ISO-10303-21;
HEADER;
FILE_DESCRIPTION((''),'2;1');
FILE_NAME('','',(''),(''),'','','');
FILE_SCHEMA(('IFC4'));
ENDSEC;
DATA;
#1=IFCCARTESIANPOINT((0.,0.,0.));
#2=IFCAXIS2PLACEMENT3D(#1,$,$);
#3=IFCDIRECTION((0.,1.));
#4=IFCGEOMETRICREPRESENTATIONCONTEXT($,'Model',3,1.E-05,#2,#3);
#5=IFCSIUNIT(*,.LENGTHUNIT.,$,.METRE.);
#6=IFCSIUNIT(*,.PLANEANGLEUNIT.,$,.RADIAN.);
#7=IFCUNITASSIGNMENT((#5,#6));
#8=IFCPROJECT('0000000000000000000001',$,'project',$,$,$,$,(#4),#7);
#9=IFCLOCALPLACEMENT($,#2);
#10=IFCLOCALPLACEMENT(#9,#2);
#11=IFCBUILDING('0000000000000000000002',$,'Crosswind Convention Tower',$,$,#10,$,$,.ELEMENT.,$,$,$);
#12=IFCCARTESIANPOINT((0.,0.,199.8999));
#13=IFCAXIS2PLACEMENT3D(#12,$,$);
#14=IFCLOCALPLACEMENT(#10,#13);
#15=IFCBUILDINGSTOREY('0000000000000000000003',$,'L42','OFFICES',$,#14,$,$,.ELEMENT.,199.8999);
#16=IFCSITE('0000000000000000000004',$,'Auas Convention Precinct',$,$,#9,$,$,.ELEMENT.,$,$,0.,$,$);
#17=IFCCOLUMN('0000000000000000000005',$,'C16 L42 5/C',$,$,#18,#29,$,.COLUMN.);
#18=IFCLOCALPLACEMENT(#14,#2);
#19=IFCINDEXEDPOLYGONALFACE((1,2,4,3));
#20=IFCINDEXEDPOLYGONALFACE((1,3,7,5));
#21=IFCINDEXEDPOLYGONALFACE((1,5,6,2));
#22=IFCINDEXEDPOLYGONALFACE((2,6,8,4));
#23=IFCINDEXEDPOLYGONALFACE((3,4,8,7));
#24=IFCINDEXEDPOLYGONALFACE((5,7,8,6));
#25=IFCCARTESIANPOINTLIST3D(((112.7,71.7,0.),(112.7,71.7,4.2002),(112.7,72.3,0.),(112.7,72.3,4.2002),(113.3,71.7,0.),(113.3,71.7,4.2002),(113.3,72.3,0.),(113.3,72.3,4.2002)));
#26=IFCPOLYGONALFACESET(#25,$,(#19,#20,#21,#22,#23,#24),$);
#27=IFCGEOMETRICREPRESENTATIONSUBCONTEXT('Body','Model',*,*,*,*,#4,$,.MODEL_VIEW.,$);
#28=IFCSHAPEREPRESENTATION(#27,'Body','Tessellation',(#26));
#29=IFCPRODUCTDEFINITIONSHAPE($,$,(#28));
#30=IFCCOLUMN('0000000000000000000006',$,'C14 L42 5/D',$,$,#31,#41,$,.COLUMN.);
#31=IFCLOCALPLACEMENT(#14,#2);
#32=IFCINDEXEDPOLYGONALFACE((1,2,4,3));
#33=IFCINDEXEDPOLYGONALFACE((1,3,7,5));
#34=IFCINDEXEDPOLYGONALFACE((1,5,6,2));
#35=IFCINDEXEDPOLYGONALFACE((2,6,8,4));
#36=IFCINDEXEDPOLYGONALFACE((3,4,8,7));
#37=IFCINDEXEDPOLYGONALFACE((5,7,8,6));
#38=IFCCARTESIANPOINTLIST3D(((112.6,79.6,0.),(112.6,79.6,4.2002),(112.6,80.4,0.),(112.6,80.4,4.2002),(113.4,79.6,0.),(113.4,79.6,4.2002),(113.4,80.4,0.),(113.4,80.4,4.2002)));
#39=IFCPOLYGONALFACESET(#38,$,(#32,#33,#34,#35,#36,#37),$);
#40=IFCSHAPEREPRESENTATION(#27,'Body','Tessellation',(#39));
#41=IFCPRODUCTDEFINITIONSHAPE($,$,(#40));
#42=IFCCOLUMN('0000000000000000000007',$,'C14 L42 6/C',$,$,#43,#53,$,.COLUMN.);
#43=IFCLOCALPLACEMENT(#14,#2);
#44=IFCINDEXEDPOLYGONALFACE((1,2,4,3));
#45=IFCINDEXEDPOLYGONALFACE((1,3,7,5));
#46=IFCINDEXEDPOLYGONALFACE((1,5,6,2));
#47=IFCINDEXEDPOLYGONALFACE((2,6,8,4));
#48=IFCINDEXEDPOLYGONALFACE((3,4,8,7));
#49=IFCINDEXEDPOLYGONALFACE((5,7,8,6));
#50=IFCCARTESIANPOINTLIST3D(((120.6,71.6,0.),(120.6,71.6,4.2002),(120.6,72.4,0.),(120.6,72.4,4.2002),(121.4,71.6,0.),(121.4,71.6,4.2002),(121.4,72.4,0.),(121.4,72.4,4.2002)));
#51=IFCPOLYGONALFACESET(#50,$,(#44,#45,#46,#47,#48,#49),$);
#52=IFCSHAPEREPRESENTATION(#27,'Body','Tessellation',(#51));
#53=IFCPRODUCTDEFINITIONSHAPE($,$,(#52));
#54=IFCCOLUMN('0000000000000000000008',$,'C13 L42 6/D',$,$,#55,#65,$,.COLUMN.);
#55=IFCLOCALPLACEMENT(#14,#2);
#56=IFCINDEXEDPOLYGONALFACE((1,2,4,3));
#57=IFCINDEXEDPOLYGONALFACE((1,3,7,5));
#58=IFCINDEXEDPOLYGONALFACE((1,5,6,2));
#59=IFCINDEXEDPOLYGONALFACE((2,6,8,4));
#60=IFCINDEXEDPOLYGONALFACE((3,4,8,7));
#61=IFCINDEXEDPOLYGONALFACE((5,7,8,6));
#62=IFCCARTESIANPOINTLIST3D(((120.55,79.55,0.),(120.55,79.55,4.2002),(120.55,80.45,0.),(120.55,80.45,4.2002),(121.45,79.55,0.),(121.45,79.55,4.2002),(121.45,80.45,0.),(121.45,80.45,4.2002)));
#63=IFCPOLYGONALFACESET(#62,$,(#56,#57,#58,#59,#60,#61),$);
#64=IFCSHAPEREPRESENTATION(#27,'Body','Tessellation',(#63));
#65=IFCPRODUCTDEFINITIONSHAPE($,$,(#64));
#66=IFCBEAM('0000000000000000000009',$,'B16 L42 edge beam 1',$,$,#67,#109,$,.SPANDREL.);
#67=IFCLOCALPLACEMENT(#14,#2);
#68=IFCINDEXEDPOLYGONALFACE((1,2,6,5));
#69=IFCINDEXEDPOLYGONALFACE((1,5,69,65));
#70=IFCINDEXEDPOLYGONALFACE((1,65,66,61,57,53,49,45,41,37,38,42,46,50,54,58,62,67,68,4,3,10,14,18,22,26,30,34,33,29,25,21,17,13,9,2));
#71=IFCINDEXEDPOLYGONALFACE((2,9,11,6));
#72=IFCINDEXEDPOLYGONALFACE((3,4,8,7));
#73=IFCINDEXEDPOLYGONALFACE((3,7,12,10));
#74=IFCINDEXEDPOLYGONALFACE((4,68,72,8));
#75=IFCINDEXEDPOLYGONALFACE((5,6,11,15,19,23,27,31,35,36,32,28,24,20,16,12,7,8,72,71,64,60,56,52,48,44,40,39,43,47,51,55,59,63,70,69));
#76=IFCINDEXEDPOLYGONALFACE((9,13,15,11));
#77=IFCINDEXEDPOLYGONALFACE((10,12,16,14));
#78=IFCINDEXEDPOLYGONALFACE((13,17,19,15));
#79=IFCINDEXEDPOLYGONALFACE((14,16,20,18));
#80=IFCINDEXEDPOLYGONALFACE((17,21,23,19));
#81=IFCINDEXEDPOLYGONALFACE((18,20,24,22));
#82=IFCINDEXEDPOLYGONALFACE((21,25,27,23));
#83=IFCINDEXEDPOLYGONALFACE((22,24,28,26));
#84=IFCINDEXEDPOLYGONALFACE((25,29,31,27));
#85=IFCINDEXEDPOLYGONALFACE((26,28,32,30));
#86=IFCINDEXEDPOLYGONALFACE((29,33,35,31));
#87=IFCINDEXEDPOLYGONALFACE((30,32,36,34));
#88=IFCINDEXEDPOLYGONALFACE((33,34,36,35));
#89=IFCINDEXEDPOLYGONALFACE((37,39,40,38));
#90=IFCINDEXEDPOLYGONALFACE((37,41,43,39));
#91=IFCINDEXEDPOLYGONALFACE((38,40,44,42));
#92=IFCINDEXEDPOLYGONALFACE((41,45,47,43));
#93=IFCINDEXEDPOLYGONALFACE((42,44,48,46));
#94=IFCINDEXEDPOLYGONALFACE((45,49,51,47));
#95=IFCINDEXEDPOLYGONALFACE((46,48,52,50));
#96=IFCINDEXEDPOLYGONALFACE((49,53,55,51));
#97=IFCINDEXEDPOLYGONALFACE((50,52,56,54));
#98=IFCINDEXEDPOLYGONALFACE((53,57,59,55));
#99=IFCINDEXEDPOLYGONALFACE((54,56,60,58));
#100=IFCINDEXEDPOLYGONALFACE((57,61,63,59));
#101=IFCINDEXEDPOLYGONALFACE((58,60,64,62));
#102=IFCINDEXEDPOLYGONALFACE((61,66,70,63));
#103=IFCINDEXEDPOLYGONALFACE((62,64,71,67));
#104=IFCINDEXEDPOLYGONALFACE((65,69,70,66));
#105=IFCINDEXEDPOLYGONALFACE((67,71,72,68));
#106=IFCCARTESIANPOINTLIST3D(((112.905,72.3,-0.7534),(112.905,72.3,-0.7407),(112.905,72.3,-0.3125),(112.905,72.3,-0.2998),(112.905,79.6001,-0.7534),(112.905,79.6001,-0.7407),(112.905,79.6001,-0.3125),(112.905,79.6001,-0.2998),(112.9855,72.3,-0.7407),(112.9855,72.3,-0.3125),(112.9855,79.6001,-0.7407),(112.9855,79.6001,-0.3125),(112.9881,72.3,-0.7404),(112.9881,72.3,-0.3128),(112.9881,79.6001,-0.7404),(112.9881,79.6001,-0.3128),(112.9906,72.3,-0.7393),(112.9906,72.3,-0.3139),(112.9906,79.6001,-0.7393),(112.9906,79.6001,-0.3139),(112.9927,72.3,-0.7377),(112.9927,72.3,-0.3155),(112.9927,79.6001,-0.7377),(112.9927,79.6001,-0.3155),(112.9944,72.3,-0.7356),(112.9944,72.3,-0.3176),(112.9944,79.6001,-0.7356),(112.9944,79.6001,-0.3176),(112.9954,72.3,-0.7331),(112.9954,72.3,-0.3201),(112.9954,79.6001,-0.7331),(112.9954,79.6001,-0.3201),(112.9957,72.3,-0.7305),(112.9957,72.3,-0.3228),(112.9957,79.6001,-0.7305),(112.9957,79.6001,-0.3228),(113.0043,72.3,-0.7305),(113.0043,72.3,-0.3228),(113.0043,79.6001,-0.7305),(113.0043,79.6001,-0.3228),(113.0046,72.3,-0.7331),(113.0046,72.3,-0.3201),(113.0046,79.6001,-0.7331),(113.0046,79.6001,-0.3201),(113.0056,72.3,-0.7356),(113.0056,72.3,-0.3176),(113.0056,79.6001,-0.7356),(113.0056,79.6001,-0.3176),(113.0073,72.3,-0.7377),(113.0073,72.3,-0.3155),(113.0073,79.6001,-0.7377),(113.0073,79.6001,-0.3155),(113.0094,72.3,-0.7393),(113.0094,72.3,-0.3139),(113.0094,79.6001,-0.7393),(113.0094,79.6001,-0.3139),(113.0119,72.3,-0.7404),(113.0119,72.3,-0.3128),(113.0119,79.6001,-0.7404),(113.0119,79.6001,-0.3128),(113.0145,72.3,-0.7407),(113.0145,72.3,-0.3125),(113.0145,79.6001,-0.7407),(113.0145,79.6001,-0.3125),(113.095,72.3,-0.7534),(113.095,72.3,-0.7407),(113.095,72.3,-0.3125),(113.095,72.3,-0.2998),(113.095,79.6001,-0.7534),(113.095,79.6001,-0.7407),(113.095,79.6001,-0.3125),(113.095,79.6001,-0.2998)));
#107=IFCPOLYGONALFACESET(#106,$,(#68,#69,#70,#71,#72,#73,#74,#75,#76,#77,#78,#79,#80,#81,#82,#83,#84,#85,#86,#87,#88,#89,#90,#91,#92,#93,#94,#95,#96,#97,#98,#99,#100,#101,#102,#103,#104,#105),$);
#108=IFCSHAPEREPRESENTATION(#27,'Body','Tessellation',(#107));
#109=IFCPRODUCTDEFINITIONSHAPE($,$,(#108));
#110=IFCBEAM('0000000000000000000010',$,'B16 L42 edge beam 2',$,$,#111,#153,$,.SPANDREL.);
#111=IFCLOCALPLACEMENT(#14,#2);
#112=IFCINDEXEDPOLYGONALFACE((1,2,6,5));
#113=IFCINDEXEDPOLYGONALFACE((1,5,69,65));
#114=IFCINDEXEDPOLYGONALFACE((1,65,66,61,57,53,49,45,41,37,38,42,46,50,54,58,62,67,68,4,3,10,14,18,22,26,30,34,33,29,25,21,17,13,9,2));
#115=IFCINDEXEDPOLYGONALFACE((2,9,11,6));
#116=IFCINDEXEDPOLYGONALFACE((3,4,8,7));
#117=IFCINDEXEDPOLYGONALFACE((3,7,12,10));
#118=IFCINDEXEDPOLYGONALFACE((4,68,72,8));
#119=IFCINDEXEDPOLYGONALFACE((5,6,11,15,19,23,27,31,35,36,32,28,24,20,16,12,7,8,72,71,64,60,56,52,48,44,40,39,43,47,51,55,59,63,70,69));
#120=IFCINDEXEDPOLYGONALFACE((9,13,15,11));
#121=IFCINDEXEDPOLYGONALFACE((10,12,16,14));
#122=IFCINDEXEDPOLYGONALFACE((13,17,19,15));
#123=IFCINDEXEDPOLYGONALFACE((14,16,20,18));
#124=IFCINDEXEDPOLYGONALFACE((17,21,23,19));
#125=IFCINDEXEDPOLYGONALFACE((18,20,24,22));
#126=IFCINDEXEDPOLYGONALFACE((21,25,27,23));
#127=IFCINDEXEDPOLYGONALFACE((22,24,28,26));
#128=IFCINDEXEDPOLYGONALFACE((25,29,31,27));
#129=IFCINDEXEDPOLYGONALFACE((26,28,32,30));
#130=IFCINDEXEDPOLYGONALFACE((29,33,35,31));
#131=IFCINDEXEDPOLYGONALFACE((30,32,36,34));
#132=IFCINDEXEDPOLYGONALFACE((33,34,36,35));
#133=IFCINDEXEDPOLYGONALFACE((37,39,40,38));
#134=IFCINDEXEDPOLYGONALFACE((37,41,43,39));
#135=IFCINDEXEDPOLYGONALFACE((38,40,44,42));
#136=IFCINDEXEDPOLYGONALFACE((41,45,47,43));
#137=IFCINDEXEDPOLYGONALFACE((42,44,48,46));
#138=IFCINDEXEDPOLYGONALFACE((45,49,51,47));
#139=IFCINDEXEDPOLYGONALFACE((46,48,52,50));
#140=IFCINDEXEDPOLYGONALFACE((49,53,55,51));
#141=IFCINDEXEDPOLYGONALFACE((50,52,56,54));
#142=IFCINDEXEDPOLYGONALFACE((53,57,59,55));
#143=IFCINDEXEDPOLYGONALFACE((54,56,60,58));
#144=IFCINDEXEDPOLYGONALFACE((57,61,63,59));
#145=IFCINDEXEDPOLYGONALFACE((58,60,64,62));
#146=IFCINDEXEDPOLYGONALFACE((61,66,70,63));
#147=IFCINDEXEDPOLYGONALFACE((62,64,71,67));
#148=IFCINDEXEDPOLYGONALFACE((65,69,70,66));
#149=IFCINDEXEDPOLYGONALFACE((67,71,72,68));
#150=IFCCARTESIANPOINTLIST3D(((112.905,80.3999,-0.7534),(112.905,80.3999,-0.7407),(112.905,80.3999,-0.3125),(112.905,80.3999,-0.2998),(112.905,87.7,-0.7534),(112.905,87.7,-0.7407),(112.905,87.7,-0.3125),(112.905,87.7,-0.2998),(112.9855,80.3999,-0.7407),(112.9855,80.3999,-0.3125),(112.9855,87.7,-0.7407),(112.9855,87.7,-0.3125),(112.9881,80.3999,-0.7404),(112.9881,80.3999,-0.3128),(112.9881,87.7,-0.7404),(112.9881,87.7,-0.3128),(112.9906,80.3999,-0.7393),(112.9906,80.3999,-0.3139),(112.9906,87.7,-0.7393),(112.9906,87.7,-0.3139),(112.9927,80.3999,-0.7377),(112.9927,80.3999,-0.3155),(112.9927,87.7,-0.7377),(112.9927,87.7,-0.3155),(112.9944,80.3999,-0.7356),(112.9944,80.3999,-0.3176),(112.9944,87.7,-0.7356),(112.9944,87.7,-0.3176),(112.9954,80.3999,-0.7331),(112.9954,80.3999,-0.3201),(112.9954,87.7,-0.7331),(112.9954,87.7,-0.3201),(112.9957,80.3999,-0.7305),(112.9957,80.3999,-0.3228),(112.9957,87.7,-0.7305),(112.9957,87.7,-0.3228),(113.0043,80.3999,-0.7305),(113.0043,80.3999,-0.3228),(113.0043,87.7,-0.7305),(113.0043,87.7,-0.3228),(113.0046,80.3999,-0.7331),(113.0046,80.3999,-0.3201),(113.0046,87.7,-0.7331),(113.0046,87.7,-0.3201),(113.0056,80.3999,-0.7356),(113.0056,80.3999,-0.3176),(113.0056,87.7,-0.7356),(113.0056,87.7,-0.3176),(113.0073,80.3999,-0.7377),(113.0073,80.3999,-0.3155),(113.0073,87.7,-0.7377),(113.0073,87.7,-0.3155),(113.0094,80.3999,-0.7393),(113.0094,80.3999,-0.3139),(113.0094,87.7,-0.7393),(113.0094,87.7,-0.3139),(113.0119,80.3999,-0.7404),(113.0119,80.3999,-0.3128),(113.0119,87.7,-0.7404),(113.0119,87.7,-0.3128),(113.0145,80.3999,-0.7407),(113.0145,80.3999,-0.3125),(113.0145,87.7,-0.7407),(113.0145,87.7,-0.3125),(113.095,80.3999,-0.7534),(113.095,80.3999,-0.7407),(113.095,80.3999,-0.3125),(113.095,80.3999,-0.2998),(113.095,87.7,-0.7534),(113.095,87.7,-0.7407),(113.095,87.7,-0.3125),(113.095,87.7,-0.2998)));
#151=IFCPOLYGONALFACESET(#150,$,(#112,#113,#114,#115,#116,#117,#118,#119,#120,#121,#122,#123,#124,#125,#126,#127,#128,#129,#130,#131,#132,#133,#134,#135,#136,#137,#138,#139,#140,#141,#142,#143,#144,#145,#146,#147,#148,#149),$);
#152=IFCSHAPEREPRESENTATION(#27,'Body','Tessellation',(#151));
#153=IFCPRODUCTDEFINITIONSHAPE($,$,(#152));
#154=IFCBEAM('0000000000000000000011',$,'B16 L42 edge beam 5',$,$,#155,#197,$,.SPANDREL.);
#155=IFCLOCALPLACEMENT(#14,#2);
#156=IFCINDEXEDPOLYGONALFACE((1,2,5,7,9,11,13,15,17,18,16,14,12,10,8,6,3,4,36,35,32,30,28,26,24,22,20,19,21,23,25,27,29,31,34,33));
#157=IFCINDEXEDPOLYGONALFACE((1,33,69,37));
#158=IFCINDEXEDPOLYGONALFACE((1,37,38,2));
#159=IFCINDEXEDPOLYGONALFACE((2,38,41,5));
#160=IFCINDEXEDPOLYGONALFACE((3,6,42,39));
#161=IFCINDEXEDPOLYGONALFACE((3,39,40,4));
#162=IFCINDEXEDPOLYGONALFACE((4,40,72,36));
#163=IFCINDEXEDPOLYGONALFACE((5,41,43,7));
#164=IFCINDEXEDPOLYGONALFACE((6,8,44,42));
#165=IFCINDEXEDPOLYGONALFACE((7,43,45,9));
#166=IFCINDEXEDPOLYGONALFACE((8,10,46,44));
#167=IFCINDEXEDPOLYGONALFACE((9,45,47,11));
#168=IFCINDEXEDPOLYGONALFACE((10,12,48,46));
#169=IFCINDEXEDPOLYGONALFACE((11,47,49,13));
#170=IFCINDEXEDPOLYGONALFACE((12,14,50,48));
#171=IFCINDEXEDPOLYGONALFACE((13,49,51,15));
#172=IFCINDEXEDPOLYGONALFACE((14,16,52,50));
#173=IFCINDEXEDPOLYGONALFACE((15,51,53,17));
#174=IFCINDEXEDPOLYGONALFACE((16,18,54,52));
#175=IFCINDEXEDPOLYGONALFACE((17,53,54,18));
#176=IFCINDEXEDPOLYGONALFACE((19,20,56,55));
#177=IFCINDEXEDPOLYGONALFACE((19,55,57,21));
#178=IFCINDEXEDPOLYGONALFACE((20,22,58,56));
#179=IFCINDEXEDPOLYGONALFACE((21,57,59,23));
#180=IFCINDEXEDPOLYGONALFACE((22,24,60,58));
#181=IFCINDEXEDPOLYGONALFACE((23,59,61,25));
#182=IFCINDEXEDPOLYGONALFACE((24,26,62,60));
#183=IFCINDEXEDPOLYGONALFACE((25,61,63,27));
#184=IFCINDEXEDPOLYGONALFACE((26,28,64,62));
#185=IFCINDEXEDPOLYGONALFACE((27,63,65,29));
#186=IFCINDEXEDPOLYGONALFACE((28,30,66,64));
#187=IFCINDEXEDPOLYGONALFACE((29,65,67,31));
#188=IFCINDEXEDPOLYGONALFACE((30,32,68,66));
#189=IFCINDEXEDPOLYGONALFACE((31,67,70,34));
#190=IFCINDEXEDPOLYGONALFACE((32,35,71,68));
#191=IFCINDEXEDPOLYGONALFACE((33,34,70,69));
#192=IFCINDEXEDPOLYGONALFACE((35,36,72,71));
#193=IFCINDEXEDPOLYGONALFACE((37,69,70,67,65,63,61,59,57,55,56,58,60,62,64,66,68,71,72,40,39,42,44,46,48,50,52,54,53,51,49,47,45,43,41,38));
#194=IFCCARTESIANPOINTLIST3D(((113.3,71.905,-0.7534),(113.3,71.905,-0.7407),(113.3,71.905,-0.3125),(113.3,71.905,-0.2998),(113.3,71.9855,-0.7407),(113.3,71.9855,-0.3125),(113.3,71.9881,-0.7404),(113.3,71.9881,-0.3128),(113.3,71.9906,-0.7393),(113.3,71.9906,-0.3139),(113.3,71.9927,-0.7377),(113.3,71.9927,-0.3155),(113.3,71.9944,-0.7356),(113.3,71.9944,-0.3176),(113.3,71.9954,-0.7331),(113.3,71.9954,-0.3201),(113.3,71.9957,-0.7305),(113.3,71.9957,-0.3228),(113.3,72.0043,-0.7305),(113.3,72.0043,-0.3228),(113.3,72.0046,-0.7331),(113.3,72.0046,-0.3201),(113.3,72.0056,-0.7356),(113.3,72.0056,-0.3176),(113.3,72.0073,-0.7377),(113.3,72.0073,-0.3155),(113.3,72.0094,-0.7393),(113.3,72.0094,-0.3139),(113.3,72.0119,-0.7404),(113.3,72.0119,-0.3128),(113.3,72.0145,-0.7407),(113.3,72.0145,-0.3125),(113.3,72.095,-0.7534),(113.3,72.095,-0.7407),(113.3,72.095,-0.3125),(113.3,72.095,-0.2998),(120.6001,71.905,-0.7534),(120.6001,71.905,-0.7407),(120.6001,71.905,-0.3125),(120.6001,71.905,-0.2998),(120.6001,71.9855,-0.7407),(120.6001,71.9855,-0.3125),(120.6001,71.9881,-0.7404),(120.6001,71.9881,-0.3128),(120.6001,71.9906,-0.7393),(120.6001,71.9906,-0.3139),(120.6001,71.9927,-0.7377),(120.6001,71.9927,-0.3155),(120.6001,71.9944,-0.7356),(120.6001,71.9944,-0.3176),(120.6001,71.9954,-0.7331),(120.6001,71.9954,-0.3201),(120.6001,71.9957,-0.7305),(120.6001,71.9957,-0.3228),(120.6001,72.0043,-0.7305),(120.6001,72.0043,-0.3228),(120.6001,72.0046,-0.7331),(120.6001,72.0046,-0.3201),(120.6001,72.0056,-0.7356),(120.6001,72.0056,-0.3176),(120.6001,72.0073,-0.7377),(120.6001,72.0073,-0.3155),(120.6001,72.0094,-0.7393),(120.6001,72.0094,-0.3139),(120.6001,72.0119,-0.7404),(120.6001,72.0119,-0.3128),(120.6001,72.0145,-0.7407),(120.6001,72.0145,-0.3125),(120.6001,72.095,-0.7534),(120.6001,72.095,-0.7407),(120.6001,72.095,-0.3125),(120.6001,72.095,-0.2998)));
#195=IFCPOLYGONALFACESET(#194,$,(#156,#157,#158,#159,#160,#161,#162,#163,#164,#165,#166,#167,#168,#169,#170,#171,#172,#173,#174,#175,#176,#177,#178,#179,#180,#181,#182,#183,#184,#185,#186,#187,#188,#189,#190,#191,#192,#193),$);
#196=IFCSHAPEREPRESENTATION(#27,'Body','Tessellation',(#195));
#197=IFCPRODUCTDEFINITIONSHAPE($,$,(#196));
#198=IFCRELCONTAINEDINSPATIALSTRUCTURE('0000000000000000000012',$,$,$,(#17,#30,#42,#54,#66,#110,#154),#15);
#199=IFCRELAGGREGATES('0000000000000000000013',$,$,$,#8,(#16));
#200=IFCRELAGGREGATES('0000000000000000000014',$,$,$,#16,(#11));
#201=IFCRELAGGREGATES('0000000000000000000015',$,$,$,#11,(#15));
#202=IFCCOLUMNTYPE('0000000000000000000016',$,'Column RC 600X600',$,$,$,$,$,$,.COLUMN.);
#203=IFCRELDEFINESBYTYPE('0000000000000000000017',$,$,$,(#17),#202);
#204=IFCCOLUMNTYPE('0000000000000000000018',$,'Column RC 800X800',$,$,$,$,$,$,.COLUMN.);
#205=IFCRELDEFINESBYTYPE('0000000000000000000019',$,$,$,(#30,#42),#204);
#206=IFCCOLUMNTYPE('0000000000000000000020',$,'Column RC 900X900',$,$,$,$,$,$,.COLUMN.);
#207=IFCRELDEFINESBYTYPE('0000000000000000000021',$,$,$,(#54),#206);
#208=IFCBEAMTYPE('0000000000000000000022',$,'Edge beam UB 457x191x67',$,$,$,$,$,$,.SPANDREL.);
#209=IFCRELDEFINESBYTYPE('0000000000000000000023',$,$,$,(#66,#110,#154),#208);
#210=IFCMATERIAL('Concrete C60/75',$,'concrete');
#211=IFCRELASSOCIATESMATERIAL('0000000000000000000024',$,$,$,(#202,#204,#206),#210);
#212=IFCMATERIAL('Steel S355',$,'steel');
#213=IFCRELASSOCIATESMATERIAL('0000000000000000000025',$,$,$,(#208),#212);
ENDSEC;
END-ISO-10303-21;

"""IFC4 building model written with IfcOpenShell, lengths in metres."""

from ifc_helpers import new_model, si_unit, direction, frame, origin, origin_2d, place, context, subcontext, project, spatial, rectangle, i_section, extrude, material, material_profile, profile_set, type_object, element, save


model = new_model("IFC4")

# Units and contexts
model_context = context("Model", 3, precision=1e-05, world=origin(), true_north=direction((0.0, 1.0)))
body_context = subcontext(model_context, "Body", "Model", "MODEL_VIEW")
ifc_project = project(units=[si_unit("LENGTHUNIT", "METRE"), si_unit("PLANEANGLEUNIT", "RADIAN")], contexts=[model_context])

# Site, building, storey
site_placement = place(None, origin())
site = spatial("IfcSite", under=ifc_project, at=site_placement, Name="Auas Convention Precinct", CompositionType="ELEMENT", RefElevation=0.0)
building_placement = place(site_placement, origin())
building = spatial("IfcBuilding", under=site, at=building_placement, Name="Crosswind Convention Tower", CompositionType="ELEMENT")
storey_placement = place(building_placement, frame((0.0, 0.0, 199.8999)))
storey = spatial("IfcBuildingStorey", under=building, at=storey_placement, Name="L42", Description="OFFICES", CompositionType="ELEMENT", Elevation=199.8999)

# Columns
ifc_material_1 = material(Name="Concrete C60/75", Category="concrete")
ifc_material_profile_1 = material_profile(ifc_material_1, rectangle(XDim=0.6001, YDim=0.6001, at=origin_2d()), Name="RC 600X600")
ifc_profile_set_1 = profile_set([ifc_material_profile_1], Name="Concrete C60/75")
column_type_1 = type_object("IfcColumnType", Name="Column RC 600X600", PredefinedType="COLUMN", material=ifc_profile_set_1)
column_1_placement = place(storey_placement, frame((113.0, 72.0, 0.0), z_axis=(0.0, 0.0, 1.0), x_axis=(1.0, 0.0, 0.0)))
element("IfcColumn", 1, at=column_1_placement, inside=storey, type_object=column_type_1, Name="C16 L42 5/C", PredefinedType="COLUMN", context=body_context, shape_type="SweptSolid", body=[
    extrude(rectangle(XDim=0.6001, YDim=0.6001, at=origin_2d()), origin(), (0.0, 0.0, 1.0), 4.2002),
])
ifc_material_profile_2 = material_profile(ifc_material_1, rectangle(XDim=0.8, YDim=0.8, at=origin_2d()), Name="RC 800X800")
ifc_profile_set_2 = profile_set([ifc_material_profile_2], Name="Concrete C60/75")
column_type_2 = type_object("IfcColumnType", Name="Column RC 800X800", PredefinedType="COLUMN", material=ifc_profile_set_2)
for number, where, z_axis, x_axis, name in (
    (2, (113.0, 80.0, 0.0), (0.0, 0.0, 1.0), (1.0, 0.0, 0.0), "C14 L42 5/D"),
    (3, (121.0, 72.0, 0.0), (0.0, 0.0, 1.0), (1.0, 0.0, 0.0), "C14 L42 6/C"),
):
    element("IfcColumn", number, at=place(storey_placement, frame(where, z_axis=z_axis, x_axis=x_axis)), inside=storey, type_object=column_type_2, Name=name, PredefinedType="COLUMN", context=body_context, shape_type="SweptSolid", body=[
        extrude(rectangle(XDim=0.8, YDim=0.8, at=origin_2d()), origin(), (0.0, 0.0, 1.0), 4.2002),
    ])
ifc_material_profile_3 = material_profile(ifc_material_1, rectangle(XDim=0.8999, YDim=0.8999, at=origin_2d()), Name="RC 900X900")
ifc_profile_set_3 = profile_set([ifc_material_profile_3], Name="Concrete C60/75")
column_type_3 = type_object("IfcColumnType", Name="Column RC 900X900", PredefinedType="COLUMN", material=ifc_profile_set_3)
column_2_placement = place(storey_placement, frame((121.0, 80.0, 0.0), z_axis=(0.0, 0.0, 1.0), x_axis=(1.0, 0.0, 0.0)))
element("IfcColumn", 4, at=column_2_placement, inside=storey, type_object=column_type_3, Name="C13 L42 6/D", PredefinedType="COLUMN", context=body_context, shape_type="SweptSolid", body=[
    extrude(rectangle(XDim=0.8999, YDim=0.8999, at=origin_2d()), origin(), (0.0, 0.0, 1.0), 4.2002),
])

# Beams
ifc_material_2 = material(Name="Steel S355", Category="steel")
ifc_material_profile_4 = material_profile(ifc_material_2, i_section(OverallWidth=0.1899, OverallDepth=0.4536, WebThickness=0.0085, FlangeThickness=0.0127, FilletRadius=0.0103, at=origin_2d()), Name="UB 457x191x67")
ifc_profile_set_4 = profile_set([ifc_material_profile_4], Name="Steel S355")
beam_type_1 = type_object("IfcBeamType", Name="Edge beam UB 457x191x67", PredefinedType="SPANDREL", material=ifc_profile_set_4)
for number, where, z_axis, x_axis, name in (
    (5, (113.0, 72.3, -0.5266), (0.0, 1.0, 0.0), (-1.0, 0.0, 0.0), "B16 L42 edge beam 1"),
    (6, (113.0, 80.3999, -0.5266), (0.0, 1.0, 0.0), (-1.0, 0.0, 0.0), "B16 L42 edge beam 2"),
    (7, (113.3, 72.0, -0.5266), (1.0, 0.0, 0.0), (0.0, 1.0, 0.0), "B16 L42 edge beam 5"),
):
    element("IfcBeam", number, at=place(storey_placement, frame(where, z_axis=z_axis, x_axis=x_axis)), inside=storey, type_object=beam_type_1, Name=name, PredefinedType="SPANDREL", context=body_context, shape_type="SweptSolid", body=[
        extrude(i_section(OverallWidth=0.1899, OverallDepth=0.4536, WebThickness=0.0085, FlangeThickness=0.0127, FilletRadius=0.0103, at=origin_2d()), origin(), (0.0, 0.0, 1.0), 7.3),
    ])

save(model, "model.ifc")
